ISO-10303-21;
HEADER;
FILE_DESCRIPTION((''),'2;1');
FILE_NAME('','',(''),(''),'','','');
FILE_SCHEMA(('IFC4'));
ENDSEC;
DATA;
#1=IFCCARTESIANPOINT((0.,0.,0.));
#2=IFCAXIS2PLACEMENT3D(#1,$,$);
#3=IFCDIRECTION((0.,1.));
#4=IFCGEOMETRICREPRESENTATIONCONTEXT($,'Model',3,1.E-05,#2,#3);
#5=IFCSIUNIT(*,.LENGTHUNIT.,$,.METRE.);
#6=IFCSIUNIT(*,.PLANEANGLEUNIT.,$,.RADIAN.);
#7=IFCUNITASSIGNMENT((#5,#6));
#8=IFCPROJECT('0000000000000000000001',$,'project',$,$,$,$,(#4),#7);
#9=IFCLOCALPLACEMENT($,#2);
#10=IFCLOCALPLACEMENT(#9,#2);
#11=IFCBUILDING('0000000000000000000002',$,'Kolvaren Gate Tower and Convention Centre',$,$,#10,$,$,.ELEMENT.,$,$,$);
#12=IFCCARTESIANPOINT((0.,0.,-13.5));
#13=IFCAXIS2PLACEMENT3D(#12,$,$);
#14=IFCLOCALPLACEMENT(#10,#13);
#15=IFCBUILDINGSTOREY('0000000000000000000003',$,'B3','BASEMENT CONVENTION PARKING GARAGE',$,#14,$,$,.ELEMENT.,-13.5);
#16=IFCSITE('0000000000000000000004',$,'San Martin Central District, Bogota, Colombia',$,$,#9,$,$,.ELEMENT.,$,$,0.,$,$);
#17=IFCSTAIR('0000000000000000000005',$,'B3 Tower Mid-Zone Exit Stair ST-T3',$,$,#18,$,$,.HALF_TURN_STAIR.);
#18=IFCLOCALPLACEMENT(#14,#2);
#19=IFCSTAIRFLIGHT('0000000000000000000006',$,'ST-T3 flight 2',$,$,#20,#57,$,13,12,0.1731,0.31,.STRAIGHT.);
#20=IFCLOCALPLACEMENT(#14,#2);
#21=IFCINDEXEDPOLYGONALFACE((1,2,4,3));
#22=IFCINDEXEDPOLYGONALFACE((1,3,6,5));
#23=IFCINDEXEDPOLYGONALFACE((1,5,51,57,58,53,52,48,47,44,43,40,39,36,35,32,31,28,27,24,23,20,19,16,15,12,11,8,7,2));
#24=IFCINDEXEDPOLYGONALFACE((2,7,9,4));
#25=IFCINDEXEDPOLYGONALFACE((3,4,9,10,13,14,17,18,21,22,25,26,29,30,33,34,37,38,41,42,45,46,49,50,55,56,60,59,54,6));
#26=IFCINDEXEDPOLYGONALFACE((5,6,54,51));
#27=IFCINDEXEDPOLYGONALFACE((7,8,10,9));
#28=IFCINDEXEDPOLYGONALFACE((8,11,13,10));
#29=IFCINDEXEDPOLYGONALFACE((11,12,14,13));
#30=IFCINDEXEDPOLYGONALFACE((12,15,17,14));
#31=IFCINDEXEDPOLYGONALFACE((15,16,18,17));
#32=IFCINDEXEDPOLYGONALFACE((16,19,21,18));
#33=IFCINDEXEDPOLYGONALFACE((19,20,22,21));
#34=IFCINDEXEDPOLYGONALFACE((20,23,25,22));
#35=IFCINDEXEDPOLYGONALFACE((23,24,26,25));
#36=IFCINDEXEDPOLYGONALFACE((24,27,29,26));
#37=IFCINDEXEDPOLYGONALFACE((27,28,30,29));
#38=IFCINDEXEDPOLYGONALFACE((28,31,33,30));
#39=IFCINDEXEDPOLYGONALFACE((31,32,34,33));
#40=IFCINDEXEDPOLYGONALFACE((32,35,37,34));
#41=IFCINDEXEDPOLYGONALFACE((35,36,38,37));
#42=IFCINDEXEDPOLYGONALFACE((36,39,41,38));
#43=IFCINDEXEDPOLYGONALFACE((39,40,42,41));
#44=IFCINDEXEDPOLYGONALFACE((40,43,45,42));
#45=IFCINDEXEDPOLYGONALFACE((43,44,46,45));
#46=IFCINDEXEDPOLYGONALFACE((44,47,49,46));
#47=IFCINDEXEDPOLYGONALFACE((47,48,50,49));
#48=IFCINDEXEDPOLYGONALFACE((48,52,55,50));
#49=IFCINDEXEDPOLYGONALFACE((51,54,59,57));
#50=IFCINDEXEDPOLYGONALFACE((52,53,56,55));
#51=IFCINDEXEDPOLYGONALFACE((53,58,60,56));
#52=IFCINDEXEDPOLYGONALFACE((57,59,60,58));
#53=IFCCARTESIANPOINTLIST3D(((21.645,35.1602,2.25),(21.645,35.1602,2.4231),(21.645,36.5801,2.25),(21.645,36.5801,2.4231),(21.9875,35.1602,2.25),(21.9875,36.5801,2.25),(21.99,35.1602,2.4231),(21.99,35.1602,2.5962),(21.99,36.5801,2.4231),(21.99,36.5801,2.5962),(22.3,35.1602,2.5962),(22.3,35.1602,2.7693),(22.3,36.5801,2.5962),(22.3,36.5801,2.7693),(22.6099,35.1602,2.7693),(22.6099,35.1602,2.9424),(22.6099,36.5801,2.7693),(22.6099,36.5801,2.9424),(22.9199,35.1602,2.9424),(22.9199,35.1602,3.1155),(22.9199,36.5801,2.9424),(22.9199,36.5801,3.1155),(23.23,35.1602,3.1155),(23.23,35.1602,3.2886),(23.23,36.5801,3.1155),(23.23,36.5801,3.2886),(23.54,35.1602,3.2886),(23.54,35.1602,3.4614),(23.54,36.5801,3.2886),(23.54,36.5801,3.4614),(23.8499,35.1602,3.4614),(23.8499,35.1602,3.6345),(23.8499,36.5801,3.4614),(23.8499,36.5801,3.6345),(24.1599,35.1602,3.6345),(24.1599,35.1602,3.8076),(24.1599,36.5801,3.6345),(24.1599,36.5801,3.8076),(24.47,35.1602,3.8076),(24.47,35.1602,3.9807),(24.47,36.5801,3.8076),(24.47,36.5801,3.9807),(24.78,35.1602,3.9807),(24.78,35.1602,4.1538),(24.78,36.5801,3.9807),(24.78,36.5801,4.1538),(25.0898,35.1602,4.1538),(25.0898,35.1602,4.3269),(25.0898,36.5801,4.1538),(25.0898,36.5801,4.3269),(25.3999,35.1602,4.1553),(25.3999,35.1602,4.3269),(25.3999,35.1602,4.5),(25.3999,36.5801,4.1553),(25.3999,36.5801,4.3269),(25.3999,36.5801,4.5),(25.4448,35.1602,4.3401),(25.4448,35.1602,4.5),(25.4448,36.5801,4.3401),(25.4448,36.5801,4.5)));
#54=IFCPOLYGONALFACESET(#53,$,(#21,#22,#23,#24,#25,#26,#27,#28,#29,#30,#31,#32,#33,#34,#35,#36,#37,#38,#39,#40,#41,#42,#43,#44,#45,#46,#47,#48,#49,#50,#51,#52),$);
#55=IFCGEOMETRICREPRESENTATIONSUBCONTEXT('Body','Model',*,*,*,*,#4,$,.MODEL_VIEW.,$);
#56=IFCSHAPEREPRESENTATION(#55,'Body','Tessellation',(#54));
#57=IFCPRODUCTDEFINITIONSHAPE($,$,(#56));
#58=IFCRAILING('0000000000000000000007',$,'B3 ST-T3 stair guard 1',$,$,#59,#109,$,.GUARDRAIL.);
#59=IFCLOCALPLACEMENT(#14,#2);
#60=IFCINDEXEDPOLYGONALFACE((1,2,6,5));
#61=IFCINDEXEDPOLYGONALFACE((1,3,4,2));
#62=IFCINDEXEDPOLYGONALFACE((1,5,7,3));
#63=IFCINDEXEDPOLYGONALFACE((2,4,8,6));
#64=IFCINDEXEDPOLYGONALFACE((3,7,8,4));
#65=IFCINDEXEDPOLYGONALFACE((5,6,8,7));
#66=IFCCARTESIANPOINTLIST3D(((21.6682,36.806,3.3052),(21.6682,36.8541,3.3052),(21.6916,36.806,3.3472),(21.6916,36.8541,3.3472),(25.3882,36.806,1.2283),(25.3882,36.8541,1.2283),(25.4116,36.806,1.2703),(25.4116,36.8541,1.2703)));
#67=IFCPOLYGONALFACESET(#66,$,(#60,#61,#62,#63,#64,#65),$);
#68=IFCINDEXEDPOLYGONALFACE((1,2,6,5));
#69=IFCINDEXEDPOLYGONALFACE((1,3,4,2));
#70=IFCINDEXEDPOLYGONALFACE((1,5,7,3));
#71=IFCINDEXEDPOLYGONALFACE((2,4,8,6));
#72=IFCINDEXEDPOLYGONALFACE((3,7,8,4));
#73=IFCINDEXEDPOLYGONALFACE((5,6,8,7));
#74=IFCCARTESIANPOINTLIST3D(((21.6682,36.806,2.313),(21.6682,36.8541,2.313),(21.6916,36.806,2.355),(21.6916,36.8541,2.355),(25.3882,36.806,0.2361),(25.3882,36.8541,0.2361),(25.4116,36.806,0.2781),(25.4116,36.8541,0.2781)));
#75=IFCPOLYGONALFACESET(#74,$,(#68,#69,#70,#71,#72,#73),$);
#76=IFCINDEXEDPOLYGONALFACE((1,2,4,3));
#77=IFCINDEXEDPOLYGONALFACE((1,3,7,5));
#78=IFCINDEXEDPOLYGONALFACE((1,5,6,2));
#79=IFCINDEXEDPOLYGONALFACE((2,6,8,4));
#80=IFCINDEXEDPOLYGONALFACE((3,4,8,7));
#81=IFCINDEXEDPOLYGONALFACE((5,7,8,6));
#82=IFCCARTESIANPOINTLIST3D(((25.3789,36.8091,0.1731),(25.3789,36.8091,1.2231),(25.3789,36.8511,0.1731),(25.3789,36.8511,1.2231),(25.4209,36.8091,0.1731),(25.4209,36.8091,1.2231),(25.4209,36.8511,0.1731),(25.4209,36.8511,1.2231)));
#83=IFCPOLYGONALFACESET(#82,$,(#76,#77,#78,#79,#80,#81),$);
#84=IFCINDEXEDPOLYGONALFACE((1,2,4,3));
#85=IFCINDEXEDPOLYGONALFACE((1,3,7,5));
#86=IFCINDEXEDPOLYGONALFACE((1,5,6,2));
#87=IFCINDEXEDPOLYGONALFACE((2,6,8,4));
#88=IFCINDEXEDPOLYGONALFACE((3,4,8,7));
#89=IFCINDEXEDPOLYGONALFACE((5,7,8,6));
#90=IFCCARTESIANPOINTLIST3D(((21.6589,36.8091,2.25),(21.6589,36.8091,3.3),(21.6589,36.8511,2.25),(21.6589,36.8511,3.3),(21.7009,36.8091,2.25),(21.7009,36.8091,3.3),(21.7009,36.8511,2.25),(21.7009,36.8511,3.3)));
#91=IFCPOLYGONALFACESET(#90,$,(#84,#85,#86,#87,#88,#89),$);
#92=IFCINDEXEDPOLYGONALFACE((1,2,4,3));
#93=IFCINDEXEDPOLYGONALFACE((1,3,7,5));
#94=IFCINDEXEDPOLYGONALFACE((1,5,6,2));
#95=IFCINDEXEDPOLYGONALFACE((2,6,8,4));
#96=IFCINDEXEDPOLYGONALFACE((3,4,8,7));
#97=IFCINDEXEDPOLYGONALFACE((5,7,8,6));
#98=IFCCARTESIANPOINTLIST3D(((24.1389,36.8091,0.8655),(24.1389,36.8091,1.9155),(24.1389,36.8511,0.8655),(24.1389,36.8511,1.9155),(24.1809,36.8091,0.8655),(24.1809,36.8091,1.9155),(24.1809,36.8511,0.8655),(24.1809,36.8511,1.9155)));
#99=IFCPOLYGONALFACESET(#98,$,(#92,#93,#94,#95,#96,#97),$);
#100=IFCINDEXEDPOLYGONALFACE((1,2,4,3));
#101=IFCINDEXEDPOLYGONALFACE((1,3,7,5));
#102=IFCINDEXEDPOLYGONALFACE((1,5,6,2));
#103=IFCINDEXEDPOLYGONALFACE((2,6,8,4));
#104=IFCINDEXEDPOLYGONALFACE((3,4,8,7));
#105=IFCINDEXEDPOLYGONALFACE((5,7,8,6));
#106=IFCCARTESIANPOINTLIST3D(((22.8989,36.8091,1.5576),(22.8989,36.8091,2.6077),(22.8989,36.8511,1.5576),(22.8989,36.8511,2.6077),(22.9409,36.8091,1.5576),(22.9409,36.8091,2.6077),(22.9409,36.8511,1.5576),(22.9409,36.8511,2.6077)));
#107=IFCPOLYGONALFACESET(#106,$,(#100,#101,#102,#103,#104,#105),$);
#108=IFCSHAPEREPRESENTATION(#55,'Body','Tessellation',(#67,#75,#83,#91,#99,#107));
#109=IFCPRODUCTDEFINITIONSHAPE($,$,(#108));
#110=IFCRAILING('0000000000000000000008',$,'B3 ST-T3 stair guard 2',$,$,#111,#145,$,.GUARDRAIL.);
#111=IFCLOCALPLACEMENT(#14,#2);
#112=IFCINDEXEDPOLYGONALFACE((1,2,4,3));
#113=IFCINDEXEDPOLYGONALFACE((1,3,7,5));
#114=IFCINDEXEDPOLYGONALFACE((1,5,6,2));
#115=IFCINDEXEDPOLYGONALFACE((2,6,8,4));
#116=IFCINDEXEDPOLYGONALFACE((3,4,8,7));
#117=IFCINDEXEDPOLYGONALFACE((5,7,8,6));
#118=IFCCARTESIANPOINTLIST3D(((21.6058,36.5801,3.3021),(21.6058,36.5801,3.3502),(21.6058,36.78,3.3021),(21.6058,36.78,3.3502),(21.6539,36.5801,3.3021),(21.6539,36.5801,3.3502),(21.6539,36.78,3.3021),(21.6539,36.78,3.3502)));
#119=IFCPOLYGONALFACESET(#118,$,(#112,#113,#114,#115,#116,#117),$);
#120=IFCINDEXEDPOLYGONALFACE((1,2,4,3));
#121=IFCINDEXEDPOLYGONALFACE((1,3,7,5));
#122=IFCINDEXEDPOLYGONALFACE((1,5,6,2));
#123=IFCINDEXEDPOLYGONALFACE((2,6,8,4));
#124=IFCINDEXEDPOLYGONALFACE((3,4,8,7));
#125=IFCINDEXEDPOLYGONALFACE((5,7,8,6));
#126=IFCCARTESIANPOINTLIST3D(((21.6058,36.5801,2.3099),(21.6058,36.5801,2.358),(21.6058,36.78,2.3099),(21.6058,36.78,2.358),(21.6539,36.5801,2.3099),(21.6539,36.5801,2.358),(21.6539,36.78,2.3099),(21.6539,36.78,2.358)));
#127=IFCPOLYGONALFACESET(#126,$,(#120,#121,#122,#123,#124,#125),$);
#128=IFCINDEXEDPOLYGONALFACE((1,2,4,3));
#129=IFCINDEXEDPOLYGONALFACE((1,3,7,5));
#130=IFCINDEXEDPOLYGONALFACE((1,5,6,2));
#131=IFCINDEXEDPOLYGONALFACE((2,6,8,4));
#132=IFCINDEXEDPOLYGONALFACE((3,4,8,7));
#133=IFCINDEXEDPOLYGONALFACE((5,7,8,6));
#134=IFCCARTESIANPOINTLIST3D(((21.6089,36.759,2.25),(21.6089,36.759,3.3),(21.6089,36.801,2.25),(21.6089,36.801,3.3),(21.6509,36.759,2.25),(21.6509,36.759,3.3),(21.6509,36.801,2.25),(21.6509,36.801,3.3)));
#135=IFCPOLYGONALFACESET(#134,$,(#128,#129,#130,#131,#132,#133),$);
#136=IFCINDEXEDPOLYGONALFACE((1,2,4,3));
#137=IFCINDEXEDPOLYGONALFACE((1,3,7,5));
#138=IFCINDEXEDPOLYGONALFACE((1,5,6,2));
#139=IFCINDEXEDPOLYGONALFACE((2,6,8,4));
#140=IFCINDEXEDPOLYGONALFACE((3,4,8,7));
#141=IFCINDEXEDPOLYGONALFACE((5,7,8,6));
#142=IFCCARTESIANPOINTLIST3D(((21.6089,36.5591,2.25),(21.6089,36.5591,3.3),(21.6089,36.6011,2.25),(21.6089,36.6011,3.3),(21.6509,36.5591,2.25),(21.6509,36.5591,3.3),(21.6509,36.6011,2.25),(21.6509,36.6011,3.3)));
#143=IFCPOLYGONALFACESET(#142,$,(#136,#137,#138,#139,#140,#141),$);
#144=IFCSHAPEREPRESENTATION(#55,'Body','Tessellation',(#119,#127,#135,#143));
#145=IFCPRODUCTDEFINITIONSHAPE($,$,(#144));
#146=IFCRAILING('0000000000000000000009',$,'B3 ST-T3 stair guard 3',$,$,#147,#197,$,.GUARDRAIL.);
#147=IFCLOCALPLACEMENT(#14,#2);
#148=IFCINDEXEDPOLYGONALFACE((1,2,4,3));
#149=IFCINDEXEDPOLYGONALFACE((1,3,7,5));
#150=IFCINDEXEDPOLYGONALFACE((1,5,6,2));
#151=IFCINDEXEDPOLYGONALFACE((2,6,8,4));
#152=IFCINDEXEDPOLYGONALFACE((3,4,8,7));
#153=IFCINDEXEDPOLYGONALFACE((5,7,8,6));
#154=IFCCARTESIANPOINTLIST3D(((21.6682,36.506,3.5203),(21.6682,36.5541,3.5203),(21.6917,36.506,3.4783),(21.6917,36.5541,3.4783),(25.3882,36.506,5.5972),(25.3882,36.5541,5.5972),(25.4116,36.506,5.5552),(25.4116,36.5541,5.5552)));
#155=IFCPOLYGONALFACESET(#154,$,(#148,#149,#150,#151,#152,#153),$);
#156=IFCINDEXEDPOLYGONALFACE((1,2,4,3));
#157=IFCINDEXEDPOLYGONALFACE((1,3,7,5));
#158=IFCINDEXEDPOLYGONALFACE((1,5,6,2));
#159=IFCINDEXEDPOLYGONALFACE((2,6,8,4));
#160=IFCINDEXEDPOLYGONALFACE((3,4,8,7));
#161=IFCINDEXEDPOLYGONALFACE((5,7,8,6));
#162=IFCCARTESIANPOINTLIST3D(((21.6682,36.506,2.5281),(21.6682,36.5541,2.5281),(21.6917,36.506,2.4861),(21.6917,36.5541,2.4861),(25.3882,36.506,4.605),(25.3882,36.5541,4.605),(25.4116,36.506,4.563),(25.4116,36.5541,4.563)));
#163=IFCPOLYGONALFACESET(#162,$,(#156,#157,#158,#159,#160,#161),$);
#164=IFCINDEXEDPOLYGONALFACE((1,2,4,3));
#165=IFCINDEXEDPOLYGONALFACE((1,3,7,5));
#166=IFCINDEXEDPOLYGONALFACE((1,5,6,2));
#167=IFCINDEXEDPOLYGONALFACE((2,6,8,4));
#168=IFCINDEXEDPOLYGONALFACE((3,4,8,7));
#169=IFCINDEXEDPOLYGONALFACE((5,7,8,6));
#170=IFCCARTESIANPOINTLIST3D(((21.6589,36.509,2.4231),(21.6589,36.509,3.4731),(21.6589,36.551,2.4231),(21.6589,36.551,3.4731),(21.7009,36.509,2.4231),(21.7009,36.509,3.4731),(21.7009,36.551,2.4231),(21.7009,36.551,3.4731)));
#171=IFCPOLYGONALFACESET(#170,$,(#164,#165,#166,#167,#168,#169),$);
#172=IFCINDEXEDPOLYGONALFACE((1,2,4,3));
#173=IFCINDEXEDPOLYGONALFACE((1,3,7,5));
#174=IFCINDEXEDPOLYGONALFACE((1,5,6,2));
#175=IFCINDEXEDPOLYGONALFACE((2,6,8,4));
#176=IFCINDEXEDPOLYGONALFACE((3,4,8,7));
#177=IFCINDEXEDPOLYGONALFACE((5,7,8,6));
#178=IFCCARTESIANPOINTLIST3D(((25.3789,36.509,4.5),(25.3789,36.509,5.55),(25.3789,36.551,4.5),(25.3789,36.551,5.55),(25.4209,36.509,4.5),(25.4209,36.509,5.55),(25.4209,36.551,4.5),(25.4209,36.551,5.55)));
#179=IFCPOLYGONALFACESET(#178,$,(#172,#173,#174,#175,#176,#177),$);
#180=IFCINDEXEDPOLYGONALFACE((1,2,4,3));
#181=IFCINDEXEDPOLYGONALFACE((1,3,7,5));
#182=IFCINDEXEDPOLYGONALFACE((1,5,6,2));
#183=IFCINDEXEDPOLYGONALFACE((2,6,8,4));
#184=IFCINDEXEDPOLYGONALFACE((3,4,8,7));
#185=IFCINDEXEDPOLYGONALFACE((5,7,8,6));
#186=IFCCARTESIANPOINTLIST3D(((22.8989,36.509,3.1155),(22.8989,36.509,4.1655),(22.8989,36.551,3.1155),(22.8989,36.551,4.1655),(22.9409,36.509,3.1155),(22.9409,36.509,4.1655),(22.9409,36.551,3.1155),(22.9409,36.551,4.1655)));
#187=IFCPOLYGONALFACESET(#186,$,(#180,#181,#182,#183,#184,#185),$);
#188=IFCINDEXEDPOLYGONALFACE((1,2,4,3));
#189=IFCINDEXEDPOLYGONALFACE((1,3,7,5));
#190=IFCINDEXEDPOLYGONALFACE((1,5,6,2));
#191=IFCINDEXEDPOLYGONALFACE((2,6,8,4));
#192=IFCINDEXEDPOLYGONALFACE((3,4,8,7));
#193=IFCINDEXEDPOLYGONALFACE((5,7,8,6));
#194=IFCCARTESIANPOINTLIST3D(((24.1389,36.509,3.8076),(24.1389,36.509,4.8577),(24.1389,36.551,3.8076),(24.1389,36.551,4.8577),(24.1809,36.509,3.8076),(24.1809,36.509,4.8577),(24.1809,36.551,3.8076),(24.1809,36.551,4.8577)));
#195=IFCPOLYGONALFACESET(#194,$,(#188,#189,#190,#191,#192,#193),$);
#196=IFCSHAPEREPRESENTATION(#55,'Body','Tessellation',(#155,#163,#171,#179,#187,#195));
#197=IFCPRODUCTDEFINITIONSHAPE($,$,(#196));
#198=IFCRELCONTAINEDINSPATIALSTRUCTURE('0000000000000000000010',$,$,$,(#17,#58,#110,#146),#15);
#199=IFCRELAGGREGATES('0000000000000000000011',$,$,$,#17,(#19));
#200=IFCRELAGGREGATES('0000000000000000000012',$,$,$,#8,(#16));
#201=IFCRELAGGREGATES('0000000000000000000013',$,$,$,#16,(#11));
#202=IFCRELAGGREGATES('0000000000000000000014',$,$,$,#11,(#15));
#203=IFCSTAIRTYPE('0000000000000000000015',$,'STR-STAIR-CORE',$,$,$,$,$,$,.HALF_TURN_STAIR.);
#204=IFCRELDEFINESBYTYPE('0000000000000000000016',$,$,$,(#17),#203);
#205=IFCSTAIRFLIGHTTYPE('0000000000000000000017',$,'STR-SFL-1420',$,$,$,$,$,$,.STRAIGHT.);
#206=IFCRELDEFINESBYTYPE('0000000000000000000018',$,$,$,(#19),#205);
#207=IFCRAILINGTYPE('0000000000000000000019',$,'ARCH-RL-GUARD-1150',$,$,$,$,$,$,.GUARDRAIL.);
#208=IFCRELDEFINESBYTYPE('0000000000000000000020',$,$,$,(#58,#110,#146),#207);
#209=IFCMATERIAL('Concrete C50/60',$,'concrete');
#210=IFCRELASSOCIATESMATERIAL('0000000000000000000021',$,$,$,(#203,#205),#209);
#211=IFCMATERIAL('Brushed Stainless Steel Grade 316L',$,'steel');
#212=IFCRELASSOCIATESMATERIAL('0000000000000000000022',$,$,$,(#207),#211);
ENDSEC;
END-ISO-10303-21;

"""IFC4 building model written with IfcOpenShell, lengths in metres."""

from ifc_helpers import new_model, si_unit, direction, frame, origin, origin_2d, place, context, subcontext, project, spatial, polyline, rectangle, outline, extrude, material, type_object, element, aggregate, save


model = new_model("IFC4")

# Units and contexts
model_context = context("Model", 3, precision=1e-05, world=origin(), true_north=direction((0.0, 1.0)))
body_context = subcontext(model_context, "Body", "Model", "MODEL_VIEW")
ifc_project = project(units=[si_unit("LENGTHUNIT", "METRE"), si_unit("PLANEANGLEUNIT", "RADIAN")], contexts=[model_context])

# Site, building, storey
site_placement = place(None, origin())
site = spatial("IfcSite", under=ifc_project, at=site_placement, Name="San Martin Central District, Bogota, Colombia", CompositionType="ELEMENT", RefElevation=0.0)
building_placement = place(site_placement, origin())
building = spatial("IfcBuilding", under=site, at=building_placement, Name="Kolvaren Gate Tower and Convention Centre", CompositionType="ELEMENT")
storey_placement = place(building_placement, frame((0.0, 0.0, -13.5)))
storey = spatial("IfcBuildingStorey", under=building, at=storey_placement, Name="B3", Description="BASEMENT CONVENTION PARKING GARAGE", CompositionType="ELEMENT", Elevation=-13.5)

# Shared definitions
ifc_material_1 = material(Name="Concrete C50/60", Category="concrete")

# Stair, stair flight
stair_type = type_object("IfcStairType", Name="STR-STAIR-CORE", PredefinedType="HALF_TURN_STAIR", material=ifc_material_1)
stair_placement = place(storey_placement, origin())
stair = element("IfcStair", 1, at=stair_placement, inside=storey, type_object=stair_type, Name="B3 Tower Mid-Zone Exit Stair ST-T3", PredefinedType="HALF_TURN_STAIR")
stair_flight_type = type_object("IfcStairFlightType", Name="STR-SFL-1420", PredefinedType="STRAIGHT", material=ifc_material_1)
stair_flight_1_placement = place(storey_placement, frame((21.6799, 35.8701, 2.25), z_axis=(0.0, 0.0, 1.0), x_axis=(1.0, 0.0, 0.0)))
stair_flight_1 = element("IfcStairFlight", 2, at=stair_flight_1_placement, type_object=stair_flight_type, Name="ST-T3 flight 2", NumberOfRisers=13, NumberOfTreads=12, PredefinedType="STRAIGHT", RiserHeight=0.1731, TreadLength=0.31, context=body_context, shape_type="SweptSolid", body=[
    extrude(outline(polyline([(-0.0349, 0.0), (-0.0349, 0.1731), (0.3101, 0.1731), (0.3101, 0.3462), (0.6201, 0.3462), (0.6201, 0.5193), (0.9299, 0.5193), (0.9299, 0.6924), (1.24, 0.6924), (1.24, 0.8655), (1.55, 0.8655), (1.55, 1.0386), (1.8601, 1.0386), (1.8601, 1.2114), (2.1699, 1.2114), (2.1699, 1.3845), (2.48, 1.3845), (2.48, 1.5576), (2.79, 1.5576), (2.79, 1.7307), (3.1001, 1.7307), (3.1001, 1.9038), (3.4099, 1.9038), (3.4099, 2.0769), (3.72, 2.0769), (3.72, 2.25), (3.7649, 2.25), (3.7649, 2.0901), (3.72, 1.9053), (0.3076, 0.0), (-0.0349, 0.0)])), frame((0.0, 0.71, 0.0), z_axis=(0.0, -1.0, 0.0), x_axis=(1.0, 0.0, 0.0)), (0.0, 0.0, 1.0), 1.4199),
])
aggregate(stair, [stair_flight_1])

# Railings
ifc_material_2 = material(Name="Brushed Stainless Steel Grade 316L", Category="steel")
railing_type_1 = type_object("IfcRailingType", Name="ARCH-RL-GUARD-1150", PredefinedType="GUARDRAIL", material=ifc_material_2)
railing_1_placement = place(storey_placement, frame((25.3999, 36.8301, 0.1731)))
element("IfcRailing", 3, at=railing_1_placement, inside=storey, type_object=railing_type_1, Name="B3 ST-T3 stair guard 1", PredefinedType="GUARDRAIL", context=body_context, shape_type="SweptSolid", body=[
    extrude(rectangle(XDim=0.0481, YDim=0.0481, at=origin_2d()), frame((0.0, 0.0, 1.0762), z_axis=(-0.873134, 0.0, 0.487481), x_axis=(0.0, -1.0, 0.0)), (0.0, 0.0, 1.0), 4.2605),
    extrude(rectangle(XDim=0.0481, YDim=0.0481, at=origin_2d()), frame((0.0, 0.0, 0.084), z_axis=(-0.873134, 0.0, 0.487481), x_axis=(0.0, -1.0, 0.0)), (0.0, 0.0, 1.0), 4.2605),
    extrude(rectangle(XDim=0.042, YDim=0.042, at=origin_2d()), origin(), (0.0, 0.0, 1.0), 1.05),
    extrude(rectangle(XDim=0.042, YDim=0.042, at=origin_2d()), frame((-3.72, 0.0, 2.0769)), (0.0, 0.0, 1.0), 1.05),
    extrude(rectangle(XDim=0.042, YDim=0.042, at=origin_2d()), frame((-1.24, 0.0, 0.6924)), (0.0, 0.0, 1.0), 1.05),
    extrude(rectangle(XDim=0.042, YDim=0.042, at=origin_2d()), frame((-2.48, 0.0, 1.3845)), (0.0, 0.0, 1.0), 1.05),
])
railing_2_placement = place(storey_placement, frame((21.6299, 36.78, 2.25)))
element("IfcRailing", 4, at=railing_2_placement, inside=storey, type_object=railing_type_1, Name="B3 ST-T3 stair guard 2", PredefinedType="GUARDRAIL", context=body_context, shape_type="SweptSolid", body=[
    extrude(rectangle(XDim=0.0481, YDim=0.0481, at=origin_2d()), frame((0.0, 0.0, 1.0762), z_axis=(0.0, -1.0, 0.0), x_axis=(1.0, 0.0, 0.0)), (0.0, 0.0, 1.0), 0.2),
    extrude(rectangle(XDim=0.0481, YDim=0.0481, at=origin_2d()), frame((0.0, 0.0, 0.084), z_axis=(0.0, -1.0, 0.0), x_axis=(1.0, 0.0, 0.0)), (0.0, 0.0, 1.0), 0.2),
    extrude(rectangle(XDim=0.042, YDim=0.042, at=origin_2d()), origin(), (0.0, 0.0, 1.0), 1.05),
    extrude(rectangle(XDim=0.042, YDim=0.042, at=origin_2d()), frame((0.0, -0.2, 0.0)), (0.0, 0.0, 1.0), 1.05),
])
railing_3_placement = place(storey_placement, frame((21.6799, 36.53, 2.4231)))
element("IfcRailing", 5, at=railing_3_placement, inside=storey, type_object=railing_type_1, Name="B3 ST-T3 stair guard 3", PredefinedType="GUARDRAIL", context=body_context, shape_type="SweptSolid", body=[
    extrude(rectangle(XDim=0.0481, YDim=0.0481, at=origin_2d()), frame((0.0, 0.0, 1.0762), z_axis=(0.873134, 0.0, 0.487481), x_axis=(0.0, 1.0, 0.0)), (0.0, 0.0, 1.0), 4.2605),
    extrude(rectangle(XDim=0.0481, YDim=0.0481, at=origin_2d()), frame((0.0, 0.0, 0.084), z_axis=(0.873134, 0.0, 0.487481), x_axis=(0.0, 1.0, 0.0)), (0.0, 0.0, 1.0), 4.2605),
    extrude(rectangle(XDim=0.042, YDim=0.042, at=origin_2d()), origin(), (0.0, 0.0, 1.0), 1.05),
    extrude(rectangle(XDim=0.042, YDim=0.042, at=origin_2d()), frame((3.72, 0.0, 2.0769)), (0.0, 0.0, 1.0), 1.05),
    extrude(rectangle(XDim=0.042, YDim=0.042, at=origin_2d()), frame((1.24, 0.0, 0.6924)), (0.0, 0.0, 1.0), 1.05),
    extrude(rectangle(XDim=0.042, YDim=0.042, at=origin_2d()), frame((2.48, 0.0, 1.3845)), (0.0, 0.0, 1.0), 1.05),
])

save(model, "model.ifc")
